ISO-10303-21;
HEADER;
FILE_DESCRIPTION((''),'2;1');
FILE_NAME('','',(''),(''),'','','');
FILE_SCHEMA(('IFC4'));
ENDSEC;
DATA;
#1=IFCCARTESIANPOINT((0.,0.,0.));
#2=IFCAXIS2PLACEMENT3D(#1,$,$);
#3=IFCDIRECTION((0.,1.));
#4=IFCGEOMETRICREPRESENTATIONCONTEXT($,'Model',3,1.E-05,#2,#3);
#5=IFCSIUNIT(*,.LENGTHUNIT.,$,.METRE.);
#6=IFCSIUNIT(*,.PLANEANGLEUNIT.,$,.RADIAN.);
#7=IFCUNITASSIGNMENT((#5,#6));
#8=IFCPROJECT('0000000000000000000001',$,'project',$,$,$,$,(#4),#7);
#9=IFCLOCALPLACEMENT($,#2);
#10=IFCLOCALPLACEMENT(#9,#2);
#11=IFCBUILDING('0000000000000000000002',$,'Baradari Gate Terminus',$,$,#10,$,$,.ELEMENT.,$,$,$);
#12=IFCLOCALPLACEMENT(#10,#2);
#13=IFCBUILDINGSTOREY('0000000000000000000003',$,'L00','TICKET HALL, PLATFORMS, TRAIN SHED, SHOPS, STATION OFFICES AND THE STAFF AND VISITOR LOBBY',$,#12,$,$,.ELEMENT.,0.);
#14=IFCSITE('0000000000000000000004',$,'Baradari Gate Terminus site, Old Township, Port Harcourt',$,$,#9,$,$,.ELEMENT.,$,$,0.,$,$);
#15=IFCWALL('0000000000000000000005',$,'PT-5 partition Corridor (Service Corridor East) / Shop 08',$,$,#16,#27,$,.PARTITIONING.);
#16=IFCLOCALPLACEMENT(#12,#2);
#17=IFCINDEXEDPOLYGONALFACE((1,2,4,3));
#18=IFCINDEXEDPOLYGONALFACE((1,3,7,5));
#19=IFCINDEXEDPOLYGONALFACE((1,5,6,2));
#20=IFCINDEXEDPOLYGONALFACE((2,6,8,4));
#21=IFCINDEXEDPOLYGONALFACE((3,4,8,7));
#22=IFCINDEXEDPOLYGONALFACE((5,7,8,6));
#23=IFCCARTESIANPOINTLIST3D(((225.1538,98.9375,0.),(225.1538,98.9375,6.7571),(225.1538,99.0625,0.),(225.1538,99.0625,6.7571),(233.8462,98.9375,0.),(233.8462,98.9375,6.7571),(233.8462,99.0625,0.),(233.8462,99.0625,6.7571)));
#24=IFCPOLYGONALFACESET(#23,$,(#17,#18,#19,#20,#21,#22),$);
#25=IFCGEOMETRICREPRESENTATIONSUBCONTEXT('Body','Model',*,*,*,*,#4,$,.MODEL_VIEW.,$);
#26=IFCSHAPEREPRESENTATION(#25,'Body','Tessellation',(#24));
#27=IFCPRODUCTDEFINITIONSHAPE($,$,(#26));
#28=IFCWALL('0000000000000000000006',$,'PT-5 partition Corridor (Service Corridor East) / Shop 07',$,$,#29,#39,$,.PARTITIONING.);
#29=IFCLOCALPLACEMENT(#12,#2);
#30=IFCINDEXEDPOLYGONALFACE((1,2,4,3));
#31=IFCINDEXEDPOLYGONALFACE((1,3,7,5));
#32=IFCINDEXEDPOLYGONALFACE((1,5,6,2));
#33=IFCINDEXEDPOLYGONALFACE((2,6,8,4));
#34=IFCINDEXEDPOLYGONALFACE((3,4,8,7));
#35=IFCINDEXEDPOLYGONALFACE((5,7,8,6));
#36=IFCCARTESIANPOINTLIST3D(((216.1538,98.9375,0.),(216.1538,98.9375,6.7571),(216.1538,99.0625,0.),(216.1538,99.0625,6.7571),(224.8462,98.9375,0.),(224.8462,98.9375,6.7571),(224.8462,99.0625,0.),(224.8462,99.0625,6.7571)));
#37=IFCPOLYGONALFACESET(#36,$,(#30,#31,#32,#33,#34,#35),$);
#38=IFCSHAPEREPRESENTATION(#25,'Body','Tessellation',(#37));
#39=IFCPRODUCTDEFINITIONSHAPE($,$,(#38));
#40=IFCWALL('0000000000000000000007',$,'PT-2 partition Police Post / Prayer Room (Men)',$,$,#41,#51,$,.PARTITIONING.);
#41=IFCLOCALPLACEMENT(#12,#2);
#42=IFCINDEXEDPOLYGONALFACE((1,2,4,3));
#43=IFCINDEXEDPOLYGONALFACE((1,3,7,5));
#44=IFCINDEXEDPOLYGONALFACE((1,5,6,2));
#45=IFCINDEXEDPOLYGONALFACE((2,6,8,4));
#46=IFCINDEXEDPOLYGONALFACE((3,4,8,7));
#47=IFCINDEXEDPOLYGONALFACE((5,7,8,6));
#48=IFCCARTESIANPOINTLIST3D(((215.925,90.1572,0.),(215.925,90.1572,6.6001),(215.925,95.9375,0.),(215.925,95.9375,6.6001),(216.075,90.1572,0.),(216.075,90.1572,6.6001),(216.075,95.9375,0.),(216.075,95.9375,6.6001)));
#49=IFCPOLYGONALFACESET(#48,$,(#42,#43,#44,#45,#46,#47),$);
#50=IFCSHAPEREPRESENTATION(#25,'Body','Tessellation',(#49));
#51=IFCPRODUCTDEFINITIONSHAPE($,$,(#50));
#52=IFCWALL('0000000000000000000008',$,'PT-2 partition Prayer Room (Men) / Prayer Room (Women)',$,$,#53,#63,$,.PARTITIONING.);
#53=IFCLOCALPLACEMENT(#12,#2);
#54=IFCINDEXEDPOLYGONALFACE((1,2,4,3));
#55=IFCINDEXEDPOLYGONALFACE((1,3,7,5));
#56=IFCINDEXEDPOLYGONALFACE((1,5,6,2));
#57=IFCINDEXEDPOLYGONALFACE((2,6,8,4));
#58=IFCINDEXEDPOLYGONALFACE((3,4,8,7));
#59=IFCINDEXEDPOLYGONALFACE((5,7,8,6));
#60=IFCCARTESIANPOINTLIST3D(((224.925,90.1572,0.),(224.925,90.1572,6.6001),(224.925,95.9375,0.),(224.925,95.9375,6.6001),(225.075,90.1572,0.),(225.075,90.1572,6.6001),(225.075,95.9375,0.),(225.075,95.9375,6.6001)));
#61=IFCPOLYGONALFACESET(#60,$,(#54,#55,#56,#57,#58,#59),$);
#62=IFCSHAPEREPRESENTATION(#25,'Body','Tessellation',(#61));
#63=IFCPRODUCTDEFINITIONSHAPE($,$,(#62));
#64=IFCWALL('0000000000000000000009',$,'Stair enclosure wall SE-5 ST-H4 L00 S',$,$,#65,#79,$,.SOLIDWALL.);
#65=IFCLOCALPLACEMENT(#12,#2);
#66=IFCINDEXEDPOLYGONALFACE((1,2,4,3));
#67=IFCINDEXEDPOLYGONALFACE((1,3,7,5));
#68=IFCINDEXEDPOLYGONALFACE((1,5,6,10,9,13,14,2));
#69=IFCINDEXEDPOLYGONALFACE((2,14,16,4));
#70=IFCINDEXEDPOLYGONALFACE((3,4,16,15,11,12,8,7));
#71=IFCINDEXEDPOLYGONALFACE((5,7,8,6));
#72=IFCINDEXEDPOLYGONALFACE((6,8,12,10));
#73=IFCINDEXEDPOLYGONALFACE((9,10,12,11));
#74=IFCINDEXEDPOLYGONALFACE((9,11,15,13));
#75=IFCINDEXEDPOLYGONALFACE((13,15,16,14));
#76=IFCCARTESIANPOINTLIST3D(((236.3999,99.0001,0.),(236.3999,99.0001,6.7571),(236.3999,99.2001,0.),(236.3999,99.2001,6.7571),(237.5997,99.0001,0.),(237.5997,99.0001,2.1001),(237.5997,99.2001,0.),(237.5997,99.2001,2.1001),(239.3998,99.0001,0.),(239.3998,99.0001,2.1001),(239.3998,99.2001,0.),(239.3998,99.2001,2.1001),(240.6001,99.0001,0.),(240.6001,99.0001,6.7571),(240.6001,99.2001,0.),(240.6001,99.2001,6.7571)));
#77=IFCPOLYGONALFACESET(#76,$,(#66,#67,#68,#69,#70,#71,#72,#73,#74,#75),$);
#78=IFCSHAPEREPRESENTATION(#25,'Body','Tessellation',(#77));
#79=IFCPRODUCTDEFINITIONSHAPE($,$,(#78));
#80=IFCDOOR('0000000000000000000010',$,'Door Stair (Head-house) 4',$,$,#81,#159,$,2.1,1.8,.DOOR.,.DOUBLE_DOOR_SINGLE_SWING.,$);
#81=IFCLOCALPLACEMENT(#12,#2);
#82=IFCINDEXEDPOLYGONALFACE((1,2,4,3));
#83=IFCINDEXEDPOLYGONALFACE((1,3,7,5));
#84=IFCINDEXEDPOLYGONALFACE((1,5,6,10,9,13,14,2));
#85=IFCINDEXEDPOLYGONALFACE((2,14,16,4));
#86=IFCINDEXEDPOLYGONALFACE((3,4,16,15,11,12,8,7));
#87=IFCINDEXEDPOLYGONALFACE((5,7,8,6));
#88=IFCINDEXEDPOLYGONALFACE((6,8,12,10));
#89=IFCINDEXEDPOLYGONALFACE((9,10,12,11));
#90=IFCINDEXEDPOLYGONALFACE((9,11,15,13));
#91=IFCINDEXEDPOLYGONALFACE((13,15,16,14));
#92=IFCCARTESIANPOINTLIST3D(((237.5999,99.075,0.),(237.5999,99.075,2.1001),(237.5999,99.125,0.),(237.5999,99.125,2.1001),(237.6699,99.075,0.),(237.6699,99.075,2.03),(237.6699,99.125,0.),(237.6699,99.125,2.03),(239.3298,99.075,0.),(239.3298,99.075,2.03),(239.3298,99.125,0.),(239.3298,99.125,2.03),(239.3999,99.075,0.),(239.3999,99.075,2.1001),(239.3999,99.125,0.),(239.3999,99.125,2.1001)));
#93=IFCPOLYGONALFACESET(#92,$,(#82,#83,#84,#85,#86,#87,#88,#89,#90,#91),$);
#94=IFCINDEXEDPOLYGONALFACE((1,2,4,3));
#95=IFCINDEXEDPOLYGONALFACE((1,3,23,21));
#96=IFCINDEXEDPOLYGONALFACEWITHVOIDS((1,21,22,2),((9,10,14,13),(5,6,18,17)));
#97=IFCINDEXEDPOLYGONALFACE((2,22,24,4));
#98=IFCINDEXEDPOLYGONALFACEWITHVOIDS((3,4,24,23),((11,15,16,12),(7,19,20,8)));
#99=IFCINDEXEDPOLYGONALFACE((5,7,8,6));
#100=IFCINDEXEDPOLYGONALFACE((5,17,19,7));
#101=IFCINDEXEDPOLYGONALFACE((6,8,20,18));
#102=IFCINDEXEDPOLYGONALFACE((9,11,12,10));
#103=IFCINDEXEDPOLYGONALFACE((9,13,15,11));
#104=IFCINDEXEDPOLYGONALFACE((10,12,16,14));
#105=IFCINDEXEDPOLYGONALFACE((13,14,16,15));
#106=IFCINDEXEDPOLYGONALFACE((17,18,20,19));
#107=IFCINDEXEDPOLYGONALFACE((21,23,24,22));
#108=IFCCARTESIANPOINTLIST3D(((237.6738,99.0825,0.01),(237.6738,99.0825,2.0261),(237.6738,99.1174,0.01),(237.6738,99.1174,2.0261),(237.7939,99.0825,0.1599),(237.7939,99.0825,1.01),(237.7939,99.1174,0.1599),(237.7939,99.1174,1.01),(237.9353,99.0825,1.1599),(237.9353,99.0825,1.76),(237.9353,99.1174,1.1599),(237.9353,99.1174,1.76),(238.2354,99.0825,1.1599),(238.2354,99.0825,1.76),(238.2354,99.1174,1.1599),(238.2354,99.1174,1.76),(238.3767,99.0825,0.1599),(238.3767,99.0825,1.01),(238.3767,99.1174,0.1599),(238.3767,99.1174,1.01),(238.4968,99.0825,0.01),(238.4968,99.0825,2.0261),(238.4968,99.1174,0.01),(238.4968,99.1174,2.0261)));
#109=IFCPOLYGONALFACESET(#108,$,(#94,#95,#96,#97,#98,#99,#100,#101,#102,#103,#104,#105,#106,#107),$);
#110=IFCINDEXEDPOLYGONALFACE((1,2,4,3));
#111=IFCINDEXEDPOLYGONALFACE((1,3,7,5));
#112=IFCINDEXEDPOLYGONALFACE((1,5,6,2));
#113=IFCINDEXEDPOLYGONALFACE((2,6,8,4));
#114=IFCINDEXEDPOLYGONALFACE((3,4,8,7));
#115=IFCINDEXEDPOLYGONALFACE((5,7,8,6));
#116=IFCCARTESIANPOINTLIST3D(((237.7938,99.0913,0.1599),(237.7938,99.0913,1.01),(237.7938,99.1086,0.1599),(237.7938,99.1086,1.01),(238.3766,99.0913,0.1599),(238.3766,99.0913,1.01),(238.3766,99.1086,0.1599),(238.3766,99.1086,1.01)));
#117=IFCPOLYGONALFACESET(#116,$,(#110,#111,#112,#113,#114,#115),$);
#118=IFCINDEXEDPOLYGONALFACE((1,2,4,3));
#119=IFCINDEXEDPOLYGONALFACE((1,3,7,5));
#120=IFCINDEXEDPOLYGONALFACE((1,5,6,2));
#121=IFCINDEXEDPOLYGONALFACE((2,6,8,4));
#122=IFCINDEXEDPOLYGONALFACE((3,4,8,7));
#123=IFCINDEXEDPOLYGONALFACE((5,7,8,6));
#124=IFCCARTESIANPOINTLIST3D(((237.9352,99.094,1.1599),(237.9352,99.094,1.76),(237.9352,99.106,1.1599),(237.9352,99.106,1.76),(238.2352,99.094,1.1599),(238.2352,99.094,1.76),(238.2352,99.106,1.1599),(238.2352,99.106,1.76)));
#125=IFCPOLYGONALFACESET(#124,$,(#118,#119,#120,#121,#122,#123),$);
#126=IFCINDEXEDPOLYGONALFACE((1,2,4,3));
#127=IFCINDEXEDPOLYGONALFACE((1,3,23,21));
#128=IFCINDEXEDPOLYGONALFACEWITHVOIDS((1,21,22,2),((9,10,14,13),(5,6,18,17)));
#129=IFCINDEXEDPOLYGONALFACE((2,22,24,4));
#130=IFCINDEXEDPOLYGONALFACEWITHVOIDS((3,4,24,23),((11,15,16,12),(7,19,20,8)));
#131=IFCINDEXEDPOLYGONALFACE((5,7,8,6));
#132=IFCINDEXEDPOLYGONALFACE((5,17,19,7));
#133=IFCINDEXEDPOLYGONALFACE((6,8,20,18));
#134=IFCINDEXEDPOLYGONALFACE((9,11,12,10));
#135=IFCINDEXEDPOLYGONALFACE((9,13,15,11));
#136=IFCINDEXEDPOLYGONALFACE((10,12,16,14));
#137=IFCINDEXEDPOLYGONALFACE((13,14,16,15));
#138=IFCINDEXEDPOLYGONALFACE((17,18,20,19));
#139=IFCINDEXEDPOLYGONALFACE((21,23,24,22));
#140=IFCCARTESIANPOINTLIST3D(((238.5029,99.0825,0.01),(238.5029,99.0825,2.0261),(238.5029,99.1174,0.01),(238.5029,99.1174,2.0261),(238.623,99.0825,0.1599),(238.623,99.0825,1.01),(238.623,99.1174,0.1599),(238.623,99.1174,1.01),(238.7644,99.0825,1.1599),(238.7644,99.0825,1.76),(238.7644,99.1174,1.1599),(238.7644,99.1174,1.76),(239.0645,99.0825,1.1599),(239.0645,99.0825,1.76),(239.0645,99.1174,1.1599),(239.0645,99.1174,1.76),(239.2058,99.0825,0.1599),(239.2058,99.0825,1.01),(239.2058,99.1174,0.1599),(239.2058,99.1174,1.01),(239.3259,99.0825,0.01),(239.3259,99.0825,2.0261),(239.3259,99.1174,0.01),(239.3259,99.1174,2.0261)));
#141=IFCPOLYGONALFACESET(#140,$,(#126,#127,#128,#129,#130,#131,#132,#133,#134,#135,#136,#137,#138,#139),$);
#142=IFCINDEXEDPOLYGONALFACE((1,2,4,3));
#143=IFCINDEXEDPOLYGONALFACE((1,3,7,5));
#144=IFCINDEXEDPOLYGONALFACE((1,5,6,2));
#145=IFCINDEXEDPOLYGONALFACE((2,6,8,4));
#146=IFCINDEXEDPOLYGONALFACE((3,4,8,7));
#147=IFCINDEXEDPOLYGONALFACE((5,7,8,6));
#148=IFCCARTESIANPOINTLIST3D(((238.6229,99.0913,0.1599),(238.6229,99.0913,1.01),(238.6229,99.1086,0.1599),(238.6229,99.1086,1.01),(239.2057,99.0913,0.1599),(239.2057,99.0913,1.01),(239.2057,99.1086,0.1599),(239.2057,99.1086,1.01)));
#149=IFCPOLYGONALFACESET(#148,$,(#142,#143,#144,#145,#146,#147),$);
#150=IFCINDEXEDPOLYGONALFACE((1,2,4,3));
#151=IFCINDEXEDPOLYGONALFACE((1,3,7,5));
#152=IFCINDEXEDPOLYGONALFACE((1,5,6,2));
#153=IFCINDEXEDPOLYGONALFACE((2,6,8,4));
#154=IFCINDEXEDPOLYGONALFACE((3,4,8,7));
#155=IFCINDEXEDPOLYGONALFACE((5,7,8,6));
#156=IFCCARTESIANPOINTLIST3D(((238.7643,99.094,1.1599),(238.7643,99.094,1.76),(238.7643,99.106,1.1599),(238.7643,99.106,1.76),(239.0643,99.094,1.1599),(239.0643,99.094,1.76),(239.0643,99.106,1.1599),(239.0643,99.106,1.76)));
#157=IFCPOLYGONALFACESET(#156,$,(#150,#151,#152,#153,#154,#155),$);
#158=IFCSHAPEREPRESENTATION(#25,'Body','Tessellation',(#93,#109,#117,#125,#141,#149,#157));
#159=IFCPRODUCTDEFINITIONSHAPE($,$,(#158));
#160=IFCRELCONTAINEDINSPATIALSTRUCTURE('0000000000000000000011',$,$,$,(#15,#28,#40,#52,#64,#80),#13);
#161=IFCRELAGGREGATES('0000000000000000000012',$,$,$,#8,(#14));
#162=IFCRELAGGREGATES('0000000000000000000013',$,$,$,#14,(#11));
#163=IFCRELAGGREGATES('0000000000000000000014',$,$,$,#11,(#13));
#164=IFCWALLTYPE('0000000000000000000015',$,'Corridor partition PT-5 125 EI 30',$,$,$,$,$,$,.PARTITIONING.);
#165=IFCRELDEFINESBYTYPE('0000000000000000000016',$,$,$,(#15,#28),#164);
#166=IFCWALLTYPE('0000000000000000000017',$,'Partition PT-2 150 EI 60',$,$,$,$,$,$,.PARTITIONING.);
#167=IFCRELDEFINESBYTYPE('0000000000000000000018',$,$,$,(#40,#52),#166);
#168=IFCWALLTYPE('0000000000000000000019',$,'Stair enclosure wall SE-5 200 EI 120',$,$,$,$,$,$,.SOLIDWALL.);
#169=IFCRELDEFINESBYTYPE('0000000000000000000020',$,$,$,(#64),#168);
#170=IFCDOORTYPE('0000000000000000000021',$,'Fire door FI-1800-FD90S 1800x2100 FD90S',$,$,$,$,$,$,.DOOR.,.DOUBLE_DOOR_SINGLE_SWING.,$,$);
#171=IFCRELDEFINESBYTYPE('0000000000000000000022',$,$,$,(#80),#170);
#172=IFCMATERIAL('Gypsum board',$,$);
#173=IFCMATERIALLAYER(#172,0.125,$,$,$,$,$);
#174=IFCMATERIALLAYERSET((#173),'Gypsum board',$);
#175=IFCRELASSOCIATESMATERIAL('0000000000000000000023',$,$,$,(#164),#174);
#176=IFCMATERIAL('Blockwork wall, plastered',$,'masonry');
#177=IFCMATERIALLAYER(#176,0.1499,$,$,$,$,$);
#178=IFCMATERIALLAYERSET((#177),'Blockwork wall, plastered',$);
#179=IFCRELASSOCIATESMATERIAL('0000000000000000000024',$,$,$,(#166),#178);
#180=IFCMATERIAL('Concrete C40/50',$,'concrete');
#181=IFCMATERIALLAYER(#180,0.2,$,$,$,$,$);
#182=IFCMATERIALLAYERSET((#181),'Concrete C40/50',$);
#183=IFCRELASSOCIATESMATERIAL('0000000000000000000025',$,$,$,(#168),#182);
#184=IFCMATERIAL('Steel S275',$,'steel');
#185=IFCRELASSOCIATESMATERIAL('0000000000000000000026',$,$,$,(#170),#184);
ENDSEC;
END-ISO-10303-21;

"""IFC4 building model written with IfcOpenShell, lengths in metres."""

from ifc_helpers import new_model, si_unit, direction, frame, frame_2d, origin, place, context, subcontext, project, spatial, polyline, rectangle, outline, extrude, material, layer, layer_set, type_object, element, fill, save


model = new_model("IFC4")

# Units and contexts
model_context = context("Model", 3, precision=1e-05, world=origin(), true_north=direction((0.0, 1.0)))
body_context = subcontext(model_context, "Body", "Model", "MODEL_VIEW")
ifc_project = project(units=[si_unit("LENGTHUNIT", "METRE"), si_unit("PLANEANGLEUNIT", "RADIAN")], contexts=[model_context])

# Site, building, storey
site_placement = place(None, origin())
site = spatial("IfcSite", under=ifc_project, at=site_placement, Name="Baradari Gate Terminus site, Old Township, Port Harcourt", CompositionType="ELEMENT", RefElevation=0.0)
building_placement = place(site_placement, origin())
building = spatial("IfcBuilding", under=site, at=building_placement, Name="Baradari Gate Terminus", CompositionType="ELEMENT")
storey_placement = place(building_placement, origin())
storey = spatial("IfcBuildingStorey", under=building, at=storey_placement, Name="L00", Description="TICKET HALL, PLATFORMS, TRAIN SHED, SHOPS, STATION OFFICES AND THE STAFF AND VISITOR LOBBY", CompositionType="ELEMENT", Elevation=0.0)

# Walls
ifc_material_1 = material(Name="Gypsum board")
ifc_layer_1 = layer(ifc_material_1, 0.125)
ifc_layer_set_1 = layer_set([ifc_layer_1], Name="Gypsum board")
wall_type_1 = type_object("IfcWallType", Name="Corridor partition PT-5 125 EI 30", PredefinedType="PARTITIONING", material=ifc_layer_set_1)
for number, where, z_axis, x_axis, name in (
    (1, (225.1538, 99.0, 0.0), (0.0, 0.0, 1.0), (1.0, 0.0, 0.0), "PT-5 partition Corridor (Service Corridor East) / Shop 08"),
    (2, (216.1538, 99.0, 0.0), (0.0, 0.0, 1.0), (1.0, 0.0, 0.0), "PT-5 partition Corridor (Service Corridor East) / Shop 07"),
):
    element("IfcWall", number, at=place(storey_placement, frame(where, z_axis=z_axis, x_axis=x_axis)), inside=storey, type_object=wall_type_1, Name=name, PredefinedType="PARTITIONING", context=body_context, shape_type="SweptSolid", body=[
        extrude(rectangle(XDim=8.6924, YDim=0.125, at=frame_2d((4.3462, 0.0))), origin(), (0.0, 0.0, 1.0), 6.7571),
    ])
ifc_material_2 = material(Name="Blockwork wall, plastered", Category="masonry")
ifc_layer_2 = layer(ifc_material_2, 0.1499)
ifc_layer_set_2 = layer_set([ifc_layer_2], Name="Blockwork wall, plastered")
wall_type_2 = type_object("IfcWallType", Name="Partition PT-2 150 EI 60", PredefinedType="PARTITIONING", material=ifc_layer_set_2)
for number, where, z_axis, x_axis, name in (
    (3, (216.0, 95.9375, 0.0), (0.0, 0.0, 1.0), (0.0, -1.0, 0.0), "PT-2 partition Police Post / Prayer Room (Men)"),
    (4, (225.0, 95.9375, 0.0), (0.0, 0.0, 1.0), (0.0, -1.0, 0.0), "PT-2 partition Prayer Room (Men) / Prayer Room (Women)"),
):
    element("IfcWall", number, at=place(storey_placement, frame(where, z_axis=z_axis, x_axis=x_axis)), inside=storey, type_object=wall_type_2, Name=name, PredefinedType="PARTITIONING", context=body_context, shape_type="SweptSolid", body=[
        extrude(rectangle(XDim=5.7803, YDim=0.1499, at=frame_2d((2.8901, 0.0))), origin(), (0.0, 0.0, 1.0), 6.6001),
    ])

# Wall, opening, door
ifc_material_3 = material(Name="Concrete C40/50", Category="concrete")
ifc_layer_3 = layer(ifc_material_3, 0.2)
ifc_layer_set_3 = layer_set([ifc_layer_3], Name="Concrete C40/50")
wall_type_3 = type_object("IfcWallType", Name="Stair enclosure wall SE-5 200 EI 120", PredefinedType="SOLIDWALL", material=ifc_layer_set_3)
wall_1_placement = place(storey_placement, frame((236.3999, 99.1001, 0.0), z_axis=(0.0, 0.0, 1.0), x_axis=(1.0, 0.0, 0.0)))
wall_1 = element("IfcWall", 5, at=wall_1_placement, inside=storey, type_object=wall_type_3, Name="Stair enclosure wall SE-5 ST-H4 L00 S", PredefinedType="SOLIDWALL", context=body_context, shape_type="SweptSolid", body=[
    extrude(rectangle(XDim=4.2002, YDim=0.2, at=frame_2d((2.1001, 0.0))), origin(), (0.0, 0.0, 1.0), 6.7571),
])
opening_1_placement = place(wall_1_placement, frame((1.2, 0.0, 0.0)))
opening_1 = element("IfcOpeningElement", 6, at=opening_1_placement, cuts=wall_1, PredefinedType="OPENING", context=body_context, shape_type="SweptSolid", body=[
    extrude(rectangle(XDim=1.8, YDim=2.1001, at=frame_2d((0.8999, 1.05))), frame((0.0, 0.1099, 0.0), z_axis=(0.0, -1.0, 0.0), x_axis=(1.0, 0.0, 0.0)), (0.0, 0.0, 1.0), 0.22),
])
ifc_material_4 = material(Name="Steel S275", Category="steel")
door_type = type_object("IfcDoorType", Name="Fire door FI-1800-FD90S 1800x2100 FD90S", OperationType="DOUBLE_DOOR_SINGLE_SWING", PredefinedType="DOOR", material=ifc_material_4)
door_1_placement = place(opening_1_placement, origin())
door_1 = element("IfcDoor", 7, at=door_1_placement, inside=storey, type_object=door_type, Name="Door Stair (Head-house) 4", OperationType="DOUBLE_DOOR_SINGLE_SWING", OverallHeight=2.1, OverallWidth=1.8, PredefinedType="DOOR", context=body_context, shape_type="SweptSolid", body=[
    extrude(outline(polyline([(0.0, 0.0), (0.0701, 0.0), (0.0701, 2.03), (1.73, 2.03), (1.73, 0.0), (1.8, 0.0), (1.8, 2.1001), (0.0, 2.1001), (0.0, 0.0)])), frame((0.0, 0.0249, 0.0), z_axis=(0.0, -1.0, 0.0), x_axis=(1.0, 0.0, 0.0)), (0.0, 0.0, 1.0), 0.05),
    extrude(outline(polyline([(0.074, 0.01), (0.897, 0.01), (0.897, 2.0261), (0.074, 2.0261), (0.074, 0.01)]), holes=[polyline([(0.1941, 0.1599), (0.7769, 0.1599), (0.7769, 1.01), (0.1941, 1.01), (0.1941, 0.1599)]), polyline([(0.3354, 1.1599), (0.6355, 1.1599), (0.6355, 1.76), (0.3354, 1.76), (0.3354, 1.1599)])]), frame((0.0, 0.0173, 0.0), z_axis=(0.0, -1.0, 0.0), x_axis=(1.0, 0.0, 0.0)), (0.0, 0.0, 1.0), 0.0349),
    extrude(rectangle(XDim=0.5828, YDim=0.8501, at=frame_2d((0.4854, 0.585))), frame((0.0, 0.0085, 0.0), z_axis=(0.0, -1.0, 0.0), x_axis=(1.0, 0.0, 0.0)), (0.0, 0.0, 1.0), 0.0173),
    extrude(rectangle(XDim=0.3, YDim=0.6001, at=frame_2d((0.4854, 1.46))), frame((0.0, 0.0059, 0.0), z_axis=(0.0, -1.0, 0.0), x_axis=(1.0, 0.0, 0.0)), (0.0, 0.0, 1.0), 0.012),
    extrude(outline(polyline([(0.9031, 0.01), (1.7261, 0.01), (1.7261, 2.0261), (0.9031, 2.0261), (0.9031, 0.01)]), holes=[polyline([(1.0232, 0.1599), (1.606, 0.1599), (1.606, 1.01), (1.0232, 1.01), (1.0232, 0.1599)]), polyline([(1.1646, 1.1599), (1.4646, 1.1599), (1.4646, 1.76), (1.1646, 1.76), (1.1646, 1.1599)])]), frame((0.0, 0.0173, 0.0), z_axis=(0.0, -1.0, 0.0), x_axis=(1.0, 0.0, 0.0)), (0.0, 0.0, 1.0), 0.0349),
    extrude(rectangle(XDim=0.5828, YDim=0.8501, at=frame_2d((1.3145, 0.585))), frame((0.0, 0.0085, 0.0), z_axis=(0.0, -1.0, 0.0), x_axis=(1.0, 0.0, 0.0)), (0.0, 0.0, 1.0), 0.0173),
    extrude(rectangle(XDim=0.3, YDim=0.6001, at=frame_2d((1.3145, 1.46))), frame((0.0, 0.0059, 0.0), z_axis=(0.0, -1.0, 0.0), x_axis=(1.0, 0.0, 0.0)), (0.0, 0.0, 1.0), 0.012),
])
fill(opening_1, door_1)

save(model, "model.ifc")
